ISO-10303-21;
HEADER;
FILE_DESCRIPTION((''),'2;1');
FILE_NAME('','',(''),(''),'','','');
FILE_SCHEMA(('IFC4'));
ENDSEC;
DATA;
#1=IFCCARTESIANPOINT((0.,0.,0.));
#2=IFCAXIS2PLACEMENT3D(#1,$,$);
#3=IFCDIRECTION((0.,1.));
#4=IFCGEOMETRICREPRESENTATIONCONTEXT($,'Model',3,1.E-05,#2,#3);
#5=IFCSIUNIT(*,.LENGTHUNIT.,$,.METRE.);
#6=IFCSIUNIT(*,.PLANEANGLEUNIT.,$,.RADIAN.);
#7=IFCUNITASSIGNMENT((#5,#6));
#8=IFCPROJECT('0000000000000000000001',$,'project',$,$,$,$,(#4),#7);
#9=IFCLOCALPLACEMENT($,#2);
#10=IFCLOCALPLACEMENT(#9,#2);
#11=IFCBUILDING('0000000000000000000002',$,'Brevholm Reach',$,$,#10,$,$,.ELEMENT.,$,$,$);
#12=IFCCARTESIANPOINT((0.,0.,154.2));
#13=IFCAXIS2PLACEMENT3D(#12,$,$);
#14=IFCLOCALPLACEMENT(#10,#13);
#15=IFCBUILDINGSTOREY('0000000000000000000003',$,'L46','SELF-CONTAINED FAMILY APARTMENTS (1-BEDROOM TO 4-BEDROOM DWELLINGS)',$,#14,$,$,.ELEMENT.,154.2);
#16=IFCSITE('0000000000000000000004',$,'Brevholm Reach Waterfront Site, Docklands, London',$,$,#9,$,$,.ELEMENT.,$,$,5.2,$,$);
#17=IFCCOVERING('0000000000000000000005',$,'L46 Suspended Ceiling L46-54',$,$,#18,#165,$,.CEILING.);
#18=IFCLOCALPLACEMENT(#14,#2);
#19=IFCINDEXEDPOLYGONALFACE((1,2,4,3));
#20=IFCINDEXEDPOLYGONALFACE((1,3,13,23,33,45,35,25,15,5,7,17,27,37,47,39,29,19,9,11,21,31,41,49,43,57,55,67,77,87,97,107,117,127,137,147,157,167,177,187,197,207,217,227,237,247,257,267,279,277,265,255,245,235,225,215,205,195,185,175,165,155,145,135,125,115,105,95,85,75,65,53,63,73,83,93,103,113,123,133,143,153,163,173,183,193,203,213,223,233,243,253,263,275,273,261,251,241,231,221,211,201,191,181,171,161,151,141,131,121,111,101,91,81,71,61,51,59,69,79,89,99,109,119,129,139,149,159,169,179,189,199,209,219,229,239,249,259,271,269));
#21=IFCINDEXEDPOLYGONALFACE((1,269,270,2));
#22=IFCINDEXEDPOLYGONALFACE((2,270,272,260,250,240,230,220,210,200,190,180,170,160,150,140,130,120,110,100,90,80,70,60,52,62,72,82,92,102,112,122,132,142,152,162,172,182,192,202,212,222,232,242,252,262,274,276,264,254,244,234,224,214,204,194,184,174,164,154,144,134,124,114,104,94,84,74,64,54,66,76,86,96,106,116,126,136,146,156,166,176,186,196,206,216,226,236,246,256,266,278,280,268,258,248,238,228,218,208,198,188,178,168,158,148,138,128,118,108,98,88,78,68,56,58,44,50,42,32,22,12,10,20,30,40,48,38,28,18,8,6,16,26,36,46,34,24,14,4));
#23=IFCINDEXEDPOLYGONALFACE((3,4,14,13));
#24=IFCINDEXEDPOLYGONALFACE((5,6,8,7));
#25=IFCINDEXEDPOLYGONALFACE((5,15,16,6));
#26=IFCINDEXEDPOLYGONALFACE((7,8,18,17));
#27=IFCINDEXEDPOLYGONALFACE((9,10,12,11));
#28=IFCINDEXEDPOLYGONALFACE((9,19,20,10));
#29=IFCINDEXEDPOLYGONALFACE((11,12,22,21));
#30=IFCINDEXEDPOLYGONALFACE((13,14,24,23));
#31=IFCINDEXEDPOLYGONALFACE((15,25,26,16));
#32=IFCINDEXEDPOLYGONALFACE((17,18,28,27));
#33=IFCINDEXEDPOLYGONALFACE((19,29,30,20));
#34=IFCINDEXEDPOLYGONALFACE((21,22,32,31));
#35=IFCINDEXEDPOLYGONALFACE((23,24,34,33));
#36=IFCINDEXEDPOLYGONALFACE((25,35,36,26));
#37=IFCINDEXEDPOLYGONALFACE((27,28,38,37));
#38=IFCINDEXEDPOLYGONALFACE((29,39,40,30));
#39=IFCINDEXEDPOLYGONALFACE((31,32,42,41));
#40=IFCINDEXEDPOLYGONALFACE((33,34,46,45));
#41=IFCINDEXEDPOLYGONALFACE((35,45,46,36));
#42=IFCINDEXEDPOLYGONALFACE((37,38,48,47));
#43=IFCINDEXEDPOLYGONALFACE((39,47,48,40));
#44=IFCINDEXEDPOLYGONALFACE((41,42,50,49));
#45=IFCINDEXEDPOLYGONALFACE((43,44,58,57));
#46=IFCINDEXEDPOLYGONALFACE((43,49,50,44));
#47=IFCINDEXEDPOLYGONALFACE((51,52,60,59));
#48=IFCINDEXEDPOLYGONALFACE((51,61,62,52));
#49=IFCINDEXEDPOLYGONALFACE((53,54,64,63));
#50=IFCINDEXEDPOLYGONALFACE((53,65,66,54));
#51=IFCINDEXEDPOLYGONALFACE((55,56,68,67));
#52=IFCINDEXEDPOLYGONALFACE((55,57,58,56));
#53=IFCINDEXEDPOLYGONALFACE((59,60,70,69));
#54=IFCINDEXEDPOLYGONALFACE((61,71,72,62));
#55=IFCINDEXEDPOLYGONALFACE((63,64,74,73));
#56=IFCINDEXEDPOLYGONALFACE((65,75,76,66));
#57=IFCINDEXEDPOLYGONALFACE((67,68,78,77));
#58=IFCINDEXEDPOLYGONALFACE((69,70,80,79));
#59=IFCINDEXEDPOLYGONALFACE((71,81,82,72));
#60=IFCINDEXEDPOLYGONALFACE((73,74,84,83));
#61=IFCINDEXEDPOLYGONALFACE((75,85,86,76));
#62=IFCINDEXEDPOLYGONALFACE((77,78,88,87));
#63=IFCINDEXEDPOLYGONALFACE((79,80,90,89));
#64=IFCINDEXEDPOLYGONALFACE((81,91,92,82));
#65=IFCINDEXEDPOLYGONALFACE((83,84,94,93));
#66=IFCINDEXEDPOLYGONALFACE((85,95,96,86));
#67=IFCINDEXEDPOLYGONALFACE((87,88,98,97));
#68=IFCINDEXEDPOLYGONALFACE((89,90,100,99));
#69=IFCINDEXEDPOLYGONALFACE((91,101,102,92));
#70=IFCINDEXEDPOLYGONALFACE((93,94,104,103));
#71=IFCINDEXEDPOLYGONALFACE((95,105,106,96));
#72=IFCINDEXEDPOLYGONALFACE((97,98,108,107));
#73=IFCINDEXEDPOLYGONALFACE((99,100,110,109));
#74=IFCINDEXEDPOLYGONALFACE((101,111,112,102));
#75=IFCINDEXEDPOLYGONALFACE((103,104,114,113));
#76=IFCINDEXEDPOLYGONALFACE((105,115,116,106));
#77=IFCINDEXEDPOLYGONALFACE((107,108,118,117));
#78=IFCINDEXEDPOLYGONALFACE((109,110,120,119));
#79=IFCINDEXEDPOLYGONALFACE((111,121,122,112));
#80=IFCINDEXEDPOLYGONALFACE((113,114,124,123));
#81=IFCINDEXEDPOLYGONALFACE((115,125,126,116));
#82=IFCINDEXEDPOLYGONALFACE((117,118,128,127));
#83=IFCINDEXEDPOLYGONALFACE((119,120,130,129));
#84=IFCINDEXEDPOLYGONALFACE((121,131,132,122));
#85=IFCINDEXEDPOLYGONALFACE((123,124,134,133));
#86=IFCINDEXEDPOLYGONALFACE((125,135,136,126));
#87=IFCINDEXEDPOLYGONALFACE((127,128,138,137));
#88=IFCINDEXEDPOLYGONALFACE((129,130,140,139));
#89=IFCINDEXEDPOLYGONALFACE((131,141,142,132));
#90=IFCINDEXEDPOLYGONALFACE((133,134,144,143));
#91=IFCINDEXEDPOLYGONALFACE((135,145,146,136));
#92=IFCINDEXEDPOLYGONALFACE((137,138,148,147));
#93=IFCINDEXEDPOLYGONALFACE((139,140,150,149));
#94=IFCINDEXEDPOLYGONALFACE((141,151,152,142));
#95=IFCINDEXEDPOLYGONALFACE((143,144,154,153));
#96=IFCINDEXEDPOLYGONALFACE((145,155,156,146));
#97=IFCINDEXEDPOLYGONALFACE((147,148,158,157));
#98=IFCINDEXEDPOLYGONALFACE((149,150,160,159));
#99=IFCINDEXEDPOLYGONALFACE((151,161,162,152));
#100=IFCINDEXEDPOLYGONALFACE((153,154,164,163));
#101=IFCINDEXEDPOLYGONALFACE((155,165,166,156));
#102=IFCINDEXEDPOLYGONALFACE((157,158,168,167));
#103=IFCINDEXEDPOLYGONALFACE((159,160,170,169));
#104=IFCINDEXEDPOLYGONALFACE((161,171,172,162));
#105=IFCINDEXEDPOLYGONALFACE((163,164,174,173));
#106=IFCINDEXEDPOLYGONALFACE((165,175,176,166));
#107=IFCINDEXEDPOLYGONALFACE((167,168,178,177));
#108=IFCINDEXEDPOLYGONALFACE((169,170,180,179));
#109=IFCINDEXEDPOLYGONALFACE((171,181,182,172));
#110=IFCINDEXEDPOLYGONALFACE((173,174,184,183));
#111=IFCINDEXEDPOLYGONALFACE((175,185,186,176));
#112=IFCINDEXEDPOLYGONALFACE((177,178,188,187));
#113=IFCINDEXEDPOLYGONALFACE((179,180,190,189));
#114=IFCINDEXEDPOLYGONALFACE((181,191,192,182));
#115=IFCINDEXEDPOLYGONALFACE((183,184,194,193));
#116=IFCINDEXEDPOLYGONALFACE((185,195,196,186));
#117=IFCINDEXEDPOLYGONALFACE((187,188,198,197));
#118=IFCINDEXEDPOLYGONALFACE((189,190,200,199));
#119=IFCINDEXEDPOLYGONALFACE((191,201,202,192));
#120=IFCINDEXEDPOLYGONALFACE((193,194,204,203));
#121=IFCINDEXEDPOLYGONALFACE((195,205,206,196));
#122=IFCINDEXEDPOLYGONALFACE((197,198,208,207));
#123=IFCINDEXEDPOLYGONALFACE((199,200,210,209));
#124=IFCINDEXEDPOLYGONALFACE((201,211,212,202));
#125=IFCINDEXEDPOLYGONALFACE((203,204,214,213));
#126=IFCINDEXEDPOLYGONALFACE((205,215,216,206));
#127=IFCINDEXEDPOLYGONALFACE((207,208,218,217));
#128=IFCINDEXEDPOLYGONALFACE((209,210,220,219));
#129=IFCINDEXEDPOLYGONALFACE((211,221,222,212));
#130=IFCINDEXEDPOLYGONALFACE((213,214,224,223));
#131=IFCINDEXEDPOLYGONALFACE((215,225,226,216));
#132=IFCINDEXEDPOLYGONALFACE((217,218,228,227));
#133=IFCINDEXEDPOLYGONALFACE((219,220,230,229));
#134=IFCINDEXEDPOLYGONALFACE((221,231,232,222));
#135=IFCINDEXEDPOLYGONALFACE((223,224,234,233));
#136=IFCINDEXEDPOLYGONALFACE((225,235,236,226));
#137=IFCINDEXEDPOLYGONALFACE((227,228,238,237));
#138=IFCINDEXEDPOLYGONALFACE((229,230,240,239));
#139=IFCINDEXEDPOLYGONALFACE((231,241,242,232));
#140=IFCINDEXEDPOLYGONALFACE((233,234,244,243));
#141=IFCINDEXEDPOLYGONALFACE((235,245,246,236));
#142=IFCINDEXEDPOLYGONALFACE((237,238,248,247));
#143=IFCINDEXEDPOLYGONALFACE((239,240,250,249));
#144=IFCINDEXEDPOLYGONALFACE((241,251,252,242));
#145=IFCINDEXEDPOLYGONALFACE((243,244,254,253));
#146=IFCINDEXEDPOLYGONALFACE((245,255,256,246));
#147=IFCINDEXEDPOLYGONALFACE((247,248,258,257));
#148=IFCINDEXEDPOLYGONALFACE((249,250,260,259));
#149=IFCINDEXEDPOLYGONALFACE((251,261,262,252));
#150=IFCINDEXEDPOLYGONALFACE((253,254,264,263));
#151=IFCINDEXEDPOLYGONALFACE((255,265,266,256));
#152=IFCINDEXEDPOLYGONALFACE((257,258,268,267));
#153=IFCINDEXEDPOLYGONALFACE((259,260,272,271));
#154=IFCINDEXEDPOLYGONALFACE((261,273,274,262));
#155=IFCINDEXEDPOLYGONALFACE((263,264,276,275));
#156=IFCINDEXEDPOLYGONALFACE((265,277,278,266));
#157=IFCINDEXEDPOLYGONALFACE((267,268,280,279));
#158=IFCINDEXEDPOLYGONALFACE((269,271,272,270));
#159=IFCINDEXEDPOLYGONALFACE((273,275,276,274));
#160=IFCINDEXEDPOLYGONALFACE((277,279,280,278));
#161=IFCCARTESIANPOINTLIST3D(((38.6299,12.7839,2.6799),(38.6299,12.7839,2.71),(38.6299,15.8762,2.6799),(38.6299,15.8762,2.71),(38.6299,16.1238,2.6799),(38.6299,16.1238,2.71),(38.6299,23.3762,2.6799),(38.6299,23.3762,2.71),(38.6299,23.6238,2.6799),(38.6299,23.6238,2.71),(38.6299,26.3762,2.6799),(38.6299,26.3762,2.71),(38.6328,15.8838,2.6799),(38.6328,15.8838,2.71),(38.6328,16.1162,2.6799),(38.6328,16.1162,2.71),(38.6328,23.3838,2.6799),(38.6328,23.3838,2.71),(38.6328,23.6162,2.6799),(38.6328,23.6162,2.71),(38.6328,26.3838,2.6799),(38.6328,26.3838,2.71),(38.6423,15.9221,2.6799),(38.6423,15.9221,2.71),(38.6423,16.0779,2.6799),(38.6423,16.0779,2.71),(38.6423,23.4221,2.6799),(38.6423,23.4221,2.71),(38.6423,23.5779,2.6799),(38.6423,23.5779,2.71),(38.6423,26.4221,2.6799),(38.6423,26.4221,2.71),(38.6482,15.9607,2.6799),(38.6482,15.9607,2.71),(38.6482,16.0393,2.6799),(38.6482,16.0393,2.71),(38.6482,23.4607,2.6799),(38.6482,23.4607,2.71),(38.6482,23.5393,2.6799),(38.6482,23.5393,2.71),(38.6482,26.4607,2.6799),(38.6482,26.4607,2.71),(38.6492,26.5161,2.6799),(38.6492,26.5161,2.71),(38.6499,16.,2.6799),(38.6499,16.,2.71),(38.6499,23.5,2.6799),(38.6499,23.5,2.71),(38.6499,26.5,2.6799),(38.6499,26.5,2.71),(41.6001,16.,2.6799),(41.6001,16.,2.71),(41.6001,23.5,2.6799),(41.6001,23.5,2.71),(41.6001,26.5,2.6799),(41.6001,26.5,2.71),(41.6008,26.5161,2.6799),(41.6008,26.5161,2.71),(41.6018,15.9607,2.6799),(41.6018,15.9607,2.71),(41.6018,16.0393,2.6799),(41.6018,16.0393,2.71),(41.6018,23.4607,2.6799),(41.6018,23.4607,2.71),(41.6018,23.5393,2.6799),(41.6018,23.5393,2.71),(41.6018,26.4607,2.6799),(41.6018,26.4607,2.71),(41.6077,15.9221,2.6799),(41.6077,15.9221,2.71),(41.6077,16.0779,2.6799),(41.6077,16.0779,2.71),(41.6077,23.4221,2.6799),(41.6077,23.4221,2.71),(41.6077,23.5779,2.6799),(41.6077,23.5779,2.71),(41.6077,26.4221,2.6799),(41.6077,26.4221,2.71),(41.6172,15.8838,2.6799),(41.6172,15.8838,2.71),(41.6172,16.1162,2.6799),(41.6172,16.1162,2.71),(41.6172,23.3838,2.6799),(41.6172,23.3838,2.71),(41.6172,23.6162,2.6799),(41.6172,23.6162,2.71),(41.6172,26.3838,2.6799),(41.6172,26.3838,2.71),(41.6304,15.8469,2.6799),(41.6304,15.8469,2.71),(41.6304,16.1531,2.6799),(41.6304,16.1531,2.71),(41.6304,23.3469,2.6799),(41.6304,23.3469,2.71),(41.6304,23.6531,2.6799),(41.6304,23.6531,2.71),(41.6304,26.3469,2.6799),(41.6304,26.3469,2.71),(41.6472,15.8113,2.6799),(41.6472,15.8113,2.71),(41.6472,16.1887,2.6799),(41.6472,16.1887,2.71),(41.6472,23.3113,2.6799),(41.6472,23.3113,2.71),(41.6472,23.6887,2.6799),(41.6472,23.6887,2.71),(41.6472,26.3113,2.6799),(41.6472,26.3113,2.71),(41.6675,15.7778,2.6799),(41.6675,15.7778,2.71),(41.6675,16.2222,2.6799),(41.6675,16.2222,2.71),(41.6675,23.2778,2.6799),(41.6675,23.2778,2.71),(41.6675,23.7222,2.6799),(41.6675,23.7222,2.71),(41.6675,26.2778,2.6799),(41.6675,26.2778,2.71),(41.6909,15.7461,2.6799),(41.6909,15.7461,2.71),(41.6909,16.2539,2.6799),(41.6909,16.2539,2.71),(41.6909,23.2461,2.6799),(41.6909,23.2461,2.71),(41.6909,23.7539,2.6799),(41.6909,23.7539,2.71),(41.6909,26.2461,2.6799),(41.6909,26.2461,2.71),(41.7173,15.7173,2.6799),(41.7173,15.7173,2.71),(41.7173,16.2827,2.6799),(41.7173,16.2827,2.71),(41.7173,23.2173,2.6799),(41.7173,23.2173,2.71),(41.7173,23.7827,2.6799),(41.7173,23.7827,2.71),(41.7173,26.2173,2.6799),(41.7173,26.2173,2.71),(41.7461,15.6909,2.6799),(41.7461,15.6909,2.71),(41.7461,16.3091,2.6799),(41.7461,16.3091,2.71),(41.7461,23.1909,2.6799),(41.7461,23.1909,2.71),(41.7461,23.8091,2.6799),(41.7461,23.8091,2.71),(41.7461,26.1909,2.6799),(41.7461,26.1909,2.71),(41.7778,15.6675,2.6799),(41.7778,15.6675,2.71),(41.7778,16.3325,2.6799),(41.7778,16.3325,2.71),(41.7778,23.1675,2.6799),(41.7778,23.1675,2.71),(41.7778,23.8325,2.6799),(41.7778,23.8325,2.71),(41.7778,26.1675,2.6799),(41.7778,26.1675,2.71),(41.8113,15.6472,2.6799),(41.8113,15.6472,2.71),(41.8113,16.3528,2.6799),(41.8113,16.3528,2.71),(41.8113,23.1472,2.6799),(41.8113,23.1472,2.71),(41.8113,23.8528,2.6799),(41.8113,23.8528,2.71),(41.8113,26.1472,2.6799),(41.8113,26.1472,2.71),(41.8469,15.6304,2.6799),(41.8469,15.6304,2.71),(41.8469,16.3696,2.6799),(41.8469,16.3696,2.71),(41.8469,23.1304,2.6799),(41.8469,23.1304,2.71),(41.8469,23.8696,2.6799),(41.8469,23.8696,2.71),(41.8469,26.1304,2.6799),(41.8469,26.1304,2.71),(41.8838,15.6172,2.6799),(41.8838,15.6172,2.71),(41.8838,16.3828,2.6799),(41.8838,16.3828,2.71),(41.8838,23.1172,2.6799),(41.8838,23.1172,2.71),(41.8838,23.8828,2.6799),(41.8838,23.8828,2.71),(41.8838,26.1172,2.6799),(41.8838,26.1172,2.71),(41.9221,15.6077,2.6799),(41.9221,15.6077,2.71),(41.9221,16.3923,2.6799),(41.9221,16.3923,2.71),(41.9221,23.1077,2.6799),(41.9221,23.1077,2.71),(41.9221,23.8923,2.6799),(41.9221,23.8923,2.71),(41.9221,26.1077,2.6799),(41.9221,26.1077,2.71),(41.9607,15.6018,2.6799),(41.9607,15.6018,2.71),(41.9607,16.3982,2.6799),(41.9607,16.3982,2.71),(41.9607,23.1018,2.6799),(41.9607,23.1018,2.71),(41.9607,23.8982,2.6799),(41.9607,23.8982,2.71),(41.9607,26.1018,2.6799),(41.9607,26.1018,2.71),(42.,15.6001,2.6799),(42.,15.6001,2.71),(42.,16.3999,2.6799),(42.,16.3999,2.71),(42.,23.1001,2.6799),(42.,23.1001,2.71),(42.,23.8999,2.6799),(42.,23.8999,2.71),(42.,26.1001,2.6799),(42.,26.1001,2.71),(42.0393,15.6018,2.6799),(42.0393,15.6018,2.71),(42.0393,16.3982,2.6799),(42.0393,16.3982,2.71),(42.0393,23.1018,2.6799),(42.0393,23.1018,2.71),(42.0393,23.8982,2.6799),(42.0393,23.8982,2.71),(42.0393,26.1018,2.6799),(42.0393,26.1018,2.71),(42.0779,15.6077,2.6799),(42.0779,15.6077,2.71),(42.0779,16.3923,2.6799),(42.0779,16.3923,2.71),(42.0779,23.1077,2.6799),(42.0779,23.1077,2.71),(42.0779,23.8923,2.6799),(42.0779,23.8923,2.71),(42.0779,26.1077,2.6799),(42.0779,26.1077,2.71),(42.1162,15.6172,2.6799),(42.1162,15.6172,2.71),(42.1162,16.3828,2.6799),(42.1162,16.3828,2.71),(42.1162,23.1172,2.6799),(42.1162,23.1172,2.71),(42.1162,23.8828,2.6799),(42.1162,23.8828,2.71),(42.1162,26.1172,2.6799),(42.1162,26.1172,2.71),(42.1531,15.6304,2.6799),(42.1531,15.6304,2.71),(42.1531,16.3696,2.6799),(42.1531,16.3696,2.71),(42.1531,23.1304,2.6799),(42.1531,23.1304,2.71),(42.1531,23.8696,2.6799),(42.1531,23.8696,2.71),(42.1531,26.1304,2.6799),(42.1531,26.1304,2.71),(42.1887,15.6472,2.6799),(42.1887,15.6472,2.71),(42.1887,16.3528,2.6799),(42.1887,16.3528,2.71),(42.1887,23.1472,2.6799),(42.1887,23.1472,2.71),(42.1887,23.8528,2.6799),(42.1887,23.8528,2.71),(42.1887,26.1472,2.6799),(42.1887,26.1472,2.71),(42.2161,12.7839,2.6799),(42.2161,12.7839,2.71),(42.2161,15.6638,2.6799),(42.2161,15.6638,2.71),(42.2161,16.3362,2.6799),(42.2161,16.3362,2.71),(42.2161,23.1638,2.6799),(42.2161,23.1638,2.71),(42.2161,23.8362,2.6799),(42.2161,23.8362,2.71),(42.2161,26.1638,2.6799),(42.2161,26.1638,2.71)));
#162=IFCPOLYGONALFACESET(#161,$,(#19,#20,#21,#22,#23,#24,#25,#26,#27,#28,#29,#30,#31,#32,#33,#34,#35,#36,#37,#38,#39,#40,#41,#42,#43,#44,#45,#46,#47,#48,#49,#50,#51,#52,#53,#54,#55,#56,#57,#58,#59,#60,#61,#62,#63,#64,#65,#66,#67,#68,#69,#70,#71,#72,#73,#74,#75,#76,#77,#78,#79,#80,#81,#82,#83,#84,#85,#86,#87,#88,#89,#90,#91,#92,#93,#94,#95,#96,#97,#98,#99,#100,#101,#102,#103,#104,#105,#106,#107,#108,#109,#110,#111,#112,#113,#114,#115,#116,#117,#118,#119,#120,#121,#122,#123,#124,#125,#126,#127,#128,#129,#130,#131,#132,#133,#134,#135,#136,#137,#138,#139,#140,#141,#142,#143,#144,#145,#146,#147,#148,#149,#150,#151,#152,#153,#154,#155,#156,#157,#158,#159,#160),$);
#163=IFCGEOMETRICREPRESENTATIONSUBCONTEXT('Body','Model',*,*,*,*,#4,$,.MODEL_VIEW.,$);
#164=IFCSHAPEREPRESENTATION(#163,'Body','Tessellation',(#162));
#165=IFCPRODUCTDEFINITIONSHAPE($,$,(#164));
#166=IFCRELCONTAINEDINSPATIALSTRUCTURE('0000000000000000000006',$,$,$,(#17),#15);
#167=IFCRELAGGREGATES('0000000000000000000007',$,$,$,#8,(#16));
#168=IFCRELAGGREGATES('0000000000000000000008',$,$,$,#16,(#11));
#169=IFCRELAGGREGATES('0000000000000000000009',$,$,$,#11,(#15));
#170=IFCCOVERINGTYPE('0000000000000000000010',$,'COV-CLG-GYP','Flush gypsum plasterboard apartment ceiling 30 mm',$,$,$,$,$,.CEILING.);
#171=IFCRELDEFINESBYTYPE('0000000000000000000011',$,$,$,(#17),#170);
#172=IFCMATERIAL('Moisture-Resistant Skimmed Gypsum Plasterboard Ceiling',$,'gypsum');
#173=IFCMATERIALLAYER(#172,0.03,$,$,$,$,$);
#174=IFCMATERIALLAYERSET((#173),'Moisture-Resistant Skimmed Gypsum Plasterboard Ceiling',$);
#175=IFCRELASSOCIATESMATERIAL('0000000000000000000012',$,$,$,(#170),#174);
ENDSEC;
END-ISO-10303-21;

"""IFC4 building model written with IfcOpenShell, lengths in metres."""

from ifc_helpers import new_model, si_unit, direction, frame, origin, place, context, subcontext, project, spatial, polyline, outline, extrude, material, layer, layer_set, type_object, element, save


model = new_model("IFC4")

# Units and contexts
model_context = context("Model", 3, precision=1e-05, world=origin(), true_north=direction((0.0, 1.0)))
body_context = subcontext(model_context, "Body", "Model", "MODEL_VIEW")
ifc_project = project(units=[si_unit("LENGTHUNIT", "METRE"), si_unit("PLANEANGLEUNIT", "RADIAN")], contexts=[model_context])

# Site, building, storey
site_placement = place(None, origin())
site = spatial("IfcSite", under=ifc_project, at=site_placement, Name="Brevholm Reach Waterfront Site, Docklands, London", CompositionType="ELEMENT", RefElevation=5.2)
building_placement = place(site_placement, origin())
building = spatial("IfcBuilding", under=site, at=building_placement, Name="Brevholm Reach", CompositionType="ELEMENT")
storey_placement = place(building_placement, frame((0.0, 0.0, 154.2)))
storey = spatial("IfcBuildingStorey", under=building, at=storey_placement, Name="L46", Description="SELF-CONTAINED FAMILY APARTMENTS (1-BEDROOM TO 4-BEDROOM DWELLINGS)", CompositionType="ELEMENT", Elevation=154.2)

# Covering
ifc_material_1 = material(Name="Moisture-Resistant Skimmed Gypsum Plasterboard Ceiling", Category="gypsum")
ifc_layer_1 = layer(ifc_material_1, 0.03)
ifc_layer_set_1 = layer_set([ifc_layer_1], Name="Moisture-Resistant Skimmed Gypsum Plasterboard Ceiling")
covering_type_1 = type_object("IfcCoveringType", Name="COV-CLG-GYP", Description="Flush gypsum plasterboard apartment ceiling 30 mm", PredefinedType="CEILING", material=ifc_layer_set_1)
covering_1_placement = place(storey_placement, frame((0.0, 0.0, 2.6799)))
element("IfcCovering", 1, at=covering_1_placement, inside=storey, type_object=covering_type_1, Name="L46 Suspended Ceiling L46-54", PredefinedType="CEILING", context=body_context, shape_type="SweptSolid", body=[
    extrude(outline(polyline([(38.6299, 15.8762), (38.6328, 15.8838), (38.6423, 15.9221), (38.6482, 15.9607), (38.6499, 16.0), (38.6482, 16.0393), (38.6423, 16.0779), (38.6328, 16.1162), (38.6299, 16.1238), (38.6299, 23.3762), (38.6328, 23.3838), (38.6423, 23.4221), (38.6482, 23.4607), (38.6499, 23.5), (38.6482, 23.5393), (38.6423, 23.5779), (38.6328, 23.6162), (38.6299, 23.6238), (38.6299, 26.3762), (38.6328, 26.3838), (38.6423, 26.4221), (38.6482, 26.4607), (38.6499, 26.5), (38.6492, 26.5161), (41.6008, 26.5161), (41.6001, 26.5), (41.6018, 26.4607), (41.6077, 26.4221), (41.6172, 26.3838), (41.6304, 26.3469), (41.6472, 26.3113), (41.6675, 26.2778), (41.6909, 26.2461), (41.7173, 26.2173), (41.7461, 26.1909), (41.7778, 26.1675), (41.8113, 26.1472), (41.8469, 26.1304), (41.8838, 26.1172), (41.9221, 26.1077), (41.9607, 26.1018), (42.0, 26.1001), (42.0393, 26.1018), (42.0779, 26.1077), (42.1162, 26.1172), (42.1531, 26.1304), (42.1887, 26.1472), (42.2161, 26.1638), (42.2161, 23.8362), (42.1887, 23.8528), (42.1531, 23.8696), (42.1162, 23.8828), (42.0779, 23.8923), (42.0393, 23.8982), (42.0, 23.8999), (41.9607, 23.8982), (41.9221, 23.8923), (41.8838, 23.8828), (41.8469, 23.8696), (41.8113, 23.8528), (41.7778, 23.8325), (41.7461, 23.8091), (41.7173, 23.7827), (41.6909, 23.7539), (41.6675, 23.7222), (41.6472, 23.6887), (41.6304, 23.6531), (41.6172, 23.6162), (41.6077, 23.5779), (41.6018, 23.5393), (41.6001, 23.5), (41.6018, 23.4607), (41.6077, 23.4221), (41.6172, 23.3838), (41.6304, 23.3469), (41.6472, 23.3113), (41.6675, 23.2778), (41.6909, 23.2461), (41.7173, 23.2173), (41.7461, 23.1909), (41.7778, 23.1675), (41.8113, 23.1472), (41.8469, 23.1304), (41.8838, 23.1172), (41.9221, 23.1077), (41.9607, 23.1018), (42.0, 23.1001), (42.0393, 23.1018), (42.0779, 23.1077), (42.1162, 23.1172), (42.1531, 23.1304), (42.1887, 23.1472), (42.2161, 23.1638), (42.2161, 16.3362), (42.1887, 16.3528), (42.1531, 16.3696), (42.1162, 16.3828), (42.0779, 16.3923), (42.0393, 16.3982), (42.0, 16.3999), (41.9607, 16.3982), (41.9221, 16.3923), (41.8838, 16.3828), (41.8469, 16.3696), (41.8113, 16.3528), (41.7778, 16.3325), (41.7461, 16.3091), (41.7173, 16.2827), (41.6909, 16.2539), (41.6675, 16.2222), (41.6472, 16.1887), (41.6304, 16.1531), (41.6172, 16.1162), (41.6077, 16.0779), (41.6018, 16.0393), (41.6001, 16.0), (41.6018, 15.9607), (41.6077, 15.9221), (41.6172, 15.8838), (41.6304, 15.8469), (41.6472, 15.8113), (41.6675, 15.7778), (41.6909, 15.7461), (41.7173, 15.7173), (41.7461, 15.6909), (41.7778, 15.6675), (41.8113, 15.6472), (41.8469, 15.6304), (41.8838, 15.6172), (41.9221, 15.6077), (41.9607, 15.6018), (42.0, 15.6001), (42.0393, 15.6018), (42.0779, 15.6077), (42.1162, 15.6172), (42.1531, 15.6304), (42.1887, 15.6472), (42.2161, 15.6638), (42.2161, 12.7839), (38.6299, 12.7839), (38.6299, 15.8762)])), origin(), (0.0, 0.0, 1.0), 0.03),
])

save(model, "model.ifc")
